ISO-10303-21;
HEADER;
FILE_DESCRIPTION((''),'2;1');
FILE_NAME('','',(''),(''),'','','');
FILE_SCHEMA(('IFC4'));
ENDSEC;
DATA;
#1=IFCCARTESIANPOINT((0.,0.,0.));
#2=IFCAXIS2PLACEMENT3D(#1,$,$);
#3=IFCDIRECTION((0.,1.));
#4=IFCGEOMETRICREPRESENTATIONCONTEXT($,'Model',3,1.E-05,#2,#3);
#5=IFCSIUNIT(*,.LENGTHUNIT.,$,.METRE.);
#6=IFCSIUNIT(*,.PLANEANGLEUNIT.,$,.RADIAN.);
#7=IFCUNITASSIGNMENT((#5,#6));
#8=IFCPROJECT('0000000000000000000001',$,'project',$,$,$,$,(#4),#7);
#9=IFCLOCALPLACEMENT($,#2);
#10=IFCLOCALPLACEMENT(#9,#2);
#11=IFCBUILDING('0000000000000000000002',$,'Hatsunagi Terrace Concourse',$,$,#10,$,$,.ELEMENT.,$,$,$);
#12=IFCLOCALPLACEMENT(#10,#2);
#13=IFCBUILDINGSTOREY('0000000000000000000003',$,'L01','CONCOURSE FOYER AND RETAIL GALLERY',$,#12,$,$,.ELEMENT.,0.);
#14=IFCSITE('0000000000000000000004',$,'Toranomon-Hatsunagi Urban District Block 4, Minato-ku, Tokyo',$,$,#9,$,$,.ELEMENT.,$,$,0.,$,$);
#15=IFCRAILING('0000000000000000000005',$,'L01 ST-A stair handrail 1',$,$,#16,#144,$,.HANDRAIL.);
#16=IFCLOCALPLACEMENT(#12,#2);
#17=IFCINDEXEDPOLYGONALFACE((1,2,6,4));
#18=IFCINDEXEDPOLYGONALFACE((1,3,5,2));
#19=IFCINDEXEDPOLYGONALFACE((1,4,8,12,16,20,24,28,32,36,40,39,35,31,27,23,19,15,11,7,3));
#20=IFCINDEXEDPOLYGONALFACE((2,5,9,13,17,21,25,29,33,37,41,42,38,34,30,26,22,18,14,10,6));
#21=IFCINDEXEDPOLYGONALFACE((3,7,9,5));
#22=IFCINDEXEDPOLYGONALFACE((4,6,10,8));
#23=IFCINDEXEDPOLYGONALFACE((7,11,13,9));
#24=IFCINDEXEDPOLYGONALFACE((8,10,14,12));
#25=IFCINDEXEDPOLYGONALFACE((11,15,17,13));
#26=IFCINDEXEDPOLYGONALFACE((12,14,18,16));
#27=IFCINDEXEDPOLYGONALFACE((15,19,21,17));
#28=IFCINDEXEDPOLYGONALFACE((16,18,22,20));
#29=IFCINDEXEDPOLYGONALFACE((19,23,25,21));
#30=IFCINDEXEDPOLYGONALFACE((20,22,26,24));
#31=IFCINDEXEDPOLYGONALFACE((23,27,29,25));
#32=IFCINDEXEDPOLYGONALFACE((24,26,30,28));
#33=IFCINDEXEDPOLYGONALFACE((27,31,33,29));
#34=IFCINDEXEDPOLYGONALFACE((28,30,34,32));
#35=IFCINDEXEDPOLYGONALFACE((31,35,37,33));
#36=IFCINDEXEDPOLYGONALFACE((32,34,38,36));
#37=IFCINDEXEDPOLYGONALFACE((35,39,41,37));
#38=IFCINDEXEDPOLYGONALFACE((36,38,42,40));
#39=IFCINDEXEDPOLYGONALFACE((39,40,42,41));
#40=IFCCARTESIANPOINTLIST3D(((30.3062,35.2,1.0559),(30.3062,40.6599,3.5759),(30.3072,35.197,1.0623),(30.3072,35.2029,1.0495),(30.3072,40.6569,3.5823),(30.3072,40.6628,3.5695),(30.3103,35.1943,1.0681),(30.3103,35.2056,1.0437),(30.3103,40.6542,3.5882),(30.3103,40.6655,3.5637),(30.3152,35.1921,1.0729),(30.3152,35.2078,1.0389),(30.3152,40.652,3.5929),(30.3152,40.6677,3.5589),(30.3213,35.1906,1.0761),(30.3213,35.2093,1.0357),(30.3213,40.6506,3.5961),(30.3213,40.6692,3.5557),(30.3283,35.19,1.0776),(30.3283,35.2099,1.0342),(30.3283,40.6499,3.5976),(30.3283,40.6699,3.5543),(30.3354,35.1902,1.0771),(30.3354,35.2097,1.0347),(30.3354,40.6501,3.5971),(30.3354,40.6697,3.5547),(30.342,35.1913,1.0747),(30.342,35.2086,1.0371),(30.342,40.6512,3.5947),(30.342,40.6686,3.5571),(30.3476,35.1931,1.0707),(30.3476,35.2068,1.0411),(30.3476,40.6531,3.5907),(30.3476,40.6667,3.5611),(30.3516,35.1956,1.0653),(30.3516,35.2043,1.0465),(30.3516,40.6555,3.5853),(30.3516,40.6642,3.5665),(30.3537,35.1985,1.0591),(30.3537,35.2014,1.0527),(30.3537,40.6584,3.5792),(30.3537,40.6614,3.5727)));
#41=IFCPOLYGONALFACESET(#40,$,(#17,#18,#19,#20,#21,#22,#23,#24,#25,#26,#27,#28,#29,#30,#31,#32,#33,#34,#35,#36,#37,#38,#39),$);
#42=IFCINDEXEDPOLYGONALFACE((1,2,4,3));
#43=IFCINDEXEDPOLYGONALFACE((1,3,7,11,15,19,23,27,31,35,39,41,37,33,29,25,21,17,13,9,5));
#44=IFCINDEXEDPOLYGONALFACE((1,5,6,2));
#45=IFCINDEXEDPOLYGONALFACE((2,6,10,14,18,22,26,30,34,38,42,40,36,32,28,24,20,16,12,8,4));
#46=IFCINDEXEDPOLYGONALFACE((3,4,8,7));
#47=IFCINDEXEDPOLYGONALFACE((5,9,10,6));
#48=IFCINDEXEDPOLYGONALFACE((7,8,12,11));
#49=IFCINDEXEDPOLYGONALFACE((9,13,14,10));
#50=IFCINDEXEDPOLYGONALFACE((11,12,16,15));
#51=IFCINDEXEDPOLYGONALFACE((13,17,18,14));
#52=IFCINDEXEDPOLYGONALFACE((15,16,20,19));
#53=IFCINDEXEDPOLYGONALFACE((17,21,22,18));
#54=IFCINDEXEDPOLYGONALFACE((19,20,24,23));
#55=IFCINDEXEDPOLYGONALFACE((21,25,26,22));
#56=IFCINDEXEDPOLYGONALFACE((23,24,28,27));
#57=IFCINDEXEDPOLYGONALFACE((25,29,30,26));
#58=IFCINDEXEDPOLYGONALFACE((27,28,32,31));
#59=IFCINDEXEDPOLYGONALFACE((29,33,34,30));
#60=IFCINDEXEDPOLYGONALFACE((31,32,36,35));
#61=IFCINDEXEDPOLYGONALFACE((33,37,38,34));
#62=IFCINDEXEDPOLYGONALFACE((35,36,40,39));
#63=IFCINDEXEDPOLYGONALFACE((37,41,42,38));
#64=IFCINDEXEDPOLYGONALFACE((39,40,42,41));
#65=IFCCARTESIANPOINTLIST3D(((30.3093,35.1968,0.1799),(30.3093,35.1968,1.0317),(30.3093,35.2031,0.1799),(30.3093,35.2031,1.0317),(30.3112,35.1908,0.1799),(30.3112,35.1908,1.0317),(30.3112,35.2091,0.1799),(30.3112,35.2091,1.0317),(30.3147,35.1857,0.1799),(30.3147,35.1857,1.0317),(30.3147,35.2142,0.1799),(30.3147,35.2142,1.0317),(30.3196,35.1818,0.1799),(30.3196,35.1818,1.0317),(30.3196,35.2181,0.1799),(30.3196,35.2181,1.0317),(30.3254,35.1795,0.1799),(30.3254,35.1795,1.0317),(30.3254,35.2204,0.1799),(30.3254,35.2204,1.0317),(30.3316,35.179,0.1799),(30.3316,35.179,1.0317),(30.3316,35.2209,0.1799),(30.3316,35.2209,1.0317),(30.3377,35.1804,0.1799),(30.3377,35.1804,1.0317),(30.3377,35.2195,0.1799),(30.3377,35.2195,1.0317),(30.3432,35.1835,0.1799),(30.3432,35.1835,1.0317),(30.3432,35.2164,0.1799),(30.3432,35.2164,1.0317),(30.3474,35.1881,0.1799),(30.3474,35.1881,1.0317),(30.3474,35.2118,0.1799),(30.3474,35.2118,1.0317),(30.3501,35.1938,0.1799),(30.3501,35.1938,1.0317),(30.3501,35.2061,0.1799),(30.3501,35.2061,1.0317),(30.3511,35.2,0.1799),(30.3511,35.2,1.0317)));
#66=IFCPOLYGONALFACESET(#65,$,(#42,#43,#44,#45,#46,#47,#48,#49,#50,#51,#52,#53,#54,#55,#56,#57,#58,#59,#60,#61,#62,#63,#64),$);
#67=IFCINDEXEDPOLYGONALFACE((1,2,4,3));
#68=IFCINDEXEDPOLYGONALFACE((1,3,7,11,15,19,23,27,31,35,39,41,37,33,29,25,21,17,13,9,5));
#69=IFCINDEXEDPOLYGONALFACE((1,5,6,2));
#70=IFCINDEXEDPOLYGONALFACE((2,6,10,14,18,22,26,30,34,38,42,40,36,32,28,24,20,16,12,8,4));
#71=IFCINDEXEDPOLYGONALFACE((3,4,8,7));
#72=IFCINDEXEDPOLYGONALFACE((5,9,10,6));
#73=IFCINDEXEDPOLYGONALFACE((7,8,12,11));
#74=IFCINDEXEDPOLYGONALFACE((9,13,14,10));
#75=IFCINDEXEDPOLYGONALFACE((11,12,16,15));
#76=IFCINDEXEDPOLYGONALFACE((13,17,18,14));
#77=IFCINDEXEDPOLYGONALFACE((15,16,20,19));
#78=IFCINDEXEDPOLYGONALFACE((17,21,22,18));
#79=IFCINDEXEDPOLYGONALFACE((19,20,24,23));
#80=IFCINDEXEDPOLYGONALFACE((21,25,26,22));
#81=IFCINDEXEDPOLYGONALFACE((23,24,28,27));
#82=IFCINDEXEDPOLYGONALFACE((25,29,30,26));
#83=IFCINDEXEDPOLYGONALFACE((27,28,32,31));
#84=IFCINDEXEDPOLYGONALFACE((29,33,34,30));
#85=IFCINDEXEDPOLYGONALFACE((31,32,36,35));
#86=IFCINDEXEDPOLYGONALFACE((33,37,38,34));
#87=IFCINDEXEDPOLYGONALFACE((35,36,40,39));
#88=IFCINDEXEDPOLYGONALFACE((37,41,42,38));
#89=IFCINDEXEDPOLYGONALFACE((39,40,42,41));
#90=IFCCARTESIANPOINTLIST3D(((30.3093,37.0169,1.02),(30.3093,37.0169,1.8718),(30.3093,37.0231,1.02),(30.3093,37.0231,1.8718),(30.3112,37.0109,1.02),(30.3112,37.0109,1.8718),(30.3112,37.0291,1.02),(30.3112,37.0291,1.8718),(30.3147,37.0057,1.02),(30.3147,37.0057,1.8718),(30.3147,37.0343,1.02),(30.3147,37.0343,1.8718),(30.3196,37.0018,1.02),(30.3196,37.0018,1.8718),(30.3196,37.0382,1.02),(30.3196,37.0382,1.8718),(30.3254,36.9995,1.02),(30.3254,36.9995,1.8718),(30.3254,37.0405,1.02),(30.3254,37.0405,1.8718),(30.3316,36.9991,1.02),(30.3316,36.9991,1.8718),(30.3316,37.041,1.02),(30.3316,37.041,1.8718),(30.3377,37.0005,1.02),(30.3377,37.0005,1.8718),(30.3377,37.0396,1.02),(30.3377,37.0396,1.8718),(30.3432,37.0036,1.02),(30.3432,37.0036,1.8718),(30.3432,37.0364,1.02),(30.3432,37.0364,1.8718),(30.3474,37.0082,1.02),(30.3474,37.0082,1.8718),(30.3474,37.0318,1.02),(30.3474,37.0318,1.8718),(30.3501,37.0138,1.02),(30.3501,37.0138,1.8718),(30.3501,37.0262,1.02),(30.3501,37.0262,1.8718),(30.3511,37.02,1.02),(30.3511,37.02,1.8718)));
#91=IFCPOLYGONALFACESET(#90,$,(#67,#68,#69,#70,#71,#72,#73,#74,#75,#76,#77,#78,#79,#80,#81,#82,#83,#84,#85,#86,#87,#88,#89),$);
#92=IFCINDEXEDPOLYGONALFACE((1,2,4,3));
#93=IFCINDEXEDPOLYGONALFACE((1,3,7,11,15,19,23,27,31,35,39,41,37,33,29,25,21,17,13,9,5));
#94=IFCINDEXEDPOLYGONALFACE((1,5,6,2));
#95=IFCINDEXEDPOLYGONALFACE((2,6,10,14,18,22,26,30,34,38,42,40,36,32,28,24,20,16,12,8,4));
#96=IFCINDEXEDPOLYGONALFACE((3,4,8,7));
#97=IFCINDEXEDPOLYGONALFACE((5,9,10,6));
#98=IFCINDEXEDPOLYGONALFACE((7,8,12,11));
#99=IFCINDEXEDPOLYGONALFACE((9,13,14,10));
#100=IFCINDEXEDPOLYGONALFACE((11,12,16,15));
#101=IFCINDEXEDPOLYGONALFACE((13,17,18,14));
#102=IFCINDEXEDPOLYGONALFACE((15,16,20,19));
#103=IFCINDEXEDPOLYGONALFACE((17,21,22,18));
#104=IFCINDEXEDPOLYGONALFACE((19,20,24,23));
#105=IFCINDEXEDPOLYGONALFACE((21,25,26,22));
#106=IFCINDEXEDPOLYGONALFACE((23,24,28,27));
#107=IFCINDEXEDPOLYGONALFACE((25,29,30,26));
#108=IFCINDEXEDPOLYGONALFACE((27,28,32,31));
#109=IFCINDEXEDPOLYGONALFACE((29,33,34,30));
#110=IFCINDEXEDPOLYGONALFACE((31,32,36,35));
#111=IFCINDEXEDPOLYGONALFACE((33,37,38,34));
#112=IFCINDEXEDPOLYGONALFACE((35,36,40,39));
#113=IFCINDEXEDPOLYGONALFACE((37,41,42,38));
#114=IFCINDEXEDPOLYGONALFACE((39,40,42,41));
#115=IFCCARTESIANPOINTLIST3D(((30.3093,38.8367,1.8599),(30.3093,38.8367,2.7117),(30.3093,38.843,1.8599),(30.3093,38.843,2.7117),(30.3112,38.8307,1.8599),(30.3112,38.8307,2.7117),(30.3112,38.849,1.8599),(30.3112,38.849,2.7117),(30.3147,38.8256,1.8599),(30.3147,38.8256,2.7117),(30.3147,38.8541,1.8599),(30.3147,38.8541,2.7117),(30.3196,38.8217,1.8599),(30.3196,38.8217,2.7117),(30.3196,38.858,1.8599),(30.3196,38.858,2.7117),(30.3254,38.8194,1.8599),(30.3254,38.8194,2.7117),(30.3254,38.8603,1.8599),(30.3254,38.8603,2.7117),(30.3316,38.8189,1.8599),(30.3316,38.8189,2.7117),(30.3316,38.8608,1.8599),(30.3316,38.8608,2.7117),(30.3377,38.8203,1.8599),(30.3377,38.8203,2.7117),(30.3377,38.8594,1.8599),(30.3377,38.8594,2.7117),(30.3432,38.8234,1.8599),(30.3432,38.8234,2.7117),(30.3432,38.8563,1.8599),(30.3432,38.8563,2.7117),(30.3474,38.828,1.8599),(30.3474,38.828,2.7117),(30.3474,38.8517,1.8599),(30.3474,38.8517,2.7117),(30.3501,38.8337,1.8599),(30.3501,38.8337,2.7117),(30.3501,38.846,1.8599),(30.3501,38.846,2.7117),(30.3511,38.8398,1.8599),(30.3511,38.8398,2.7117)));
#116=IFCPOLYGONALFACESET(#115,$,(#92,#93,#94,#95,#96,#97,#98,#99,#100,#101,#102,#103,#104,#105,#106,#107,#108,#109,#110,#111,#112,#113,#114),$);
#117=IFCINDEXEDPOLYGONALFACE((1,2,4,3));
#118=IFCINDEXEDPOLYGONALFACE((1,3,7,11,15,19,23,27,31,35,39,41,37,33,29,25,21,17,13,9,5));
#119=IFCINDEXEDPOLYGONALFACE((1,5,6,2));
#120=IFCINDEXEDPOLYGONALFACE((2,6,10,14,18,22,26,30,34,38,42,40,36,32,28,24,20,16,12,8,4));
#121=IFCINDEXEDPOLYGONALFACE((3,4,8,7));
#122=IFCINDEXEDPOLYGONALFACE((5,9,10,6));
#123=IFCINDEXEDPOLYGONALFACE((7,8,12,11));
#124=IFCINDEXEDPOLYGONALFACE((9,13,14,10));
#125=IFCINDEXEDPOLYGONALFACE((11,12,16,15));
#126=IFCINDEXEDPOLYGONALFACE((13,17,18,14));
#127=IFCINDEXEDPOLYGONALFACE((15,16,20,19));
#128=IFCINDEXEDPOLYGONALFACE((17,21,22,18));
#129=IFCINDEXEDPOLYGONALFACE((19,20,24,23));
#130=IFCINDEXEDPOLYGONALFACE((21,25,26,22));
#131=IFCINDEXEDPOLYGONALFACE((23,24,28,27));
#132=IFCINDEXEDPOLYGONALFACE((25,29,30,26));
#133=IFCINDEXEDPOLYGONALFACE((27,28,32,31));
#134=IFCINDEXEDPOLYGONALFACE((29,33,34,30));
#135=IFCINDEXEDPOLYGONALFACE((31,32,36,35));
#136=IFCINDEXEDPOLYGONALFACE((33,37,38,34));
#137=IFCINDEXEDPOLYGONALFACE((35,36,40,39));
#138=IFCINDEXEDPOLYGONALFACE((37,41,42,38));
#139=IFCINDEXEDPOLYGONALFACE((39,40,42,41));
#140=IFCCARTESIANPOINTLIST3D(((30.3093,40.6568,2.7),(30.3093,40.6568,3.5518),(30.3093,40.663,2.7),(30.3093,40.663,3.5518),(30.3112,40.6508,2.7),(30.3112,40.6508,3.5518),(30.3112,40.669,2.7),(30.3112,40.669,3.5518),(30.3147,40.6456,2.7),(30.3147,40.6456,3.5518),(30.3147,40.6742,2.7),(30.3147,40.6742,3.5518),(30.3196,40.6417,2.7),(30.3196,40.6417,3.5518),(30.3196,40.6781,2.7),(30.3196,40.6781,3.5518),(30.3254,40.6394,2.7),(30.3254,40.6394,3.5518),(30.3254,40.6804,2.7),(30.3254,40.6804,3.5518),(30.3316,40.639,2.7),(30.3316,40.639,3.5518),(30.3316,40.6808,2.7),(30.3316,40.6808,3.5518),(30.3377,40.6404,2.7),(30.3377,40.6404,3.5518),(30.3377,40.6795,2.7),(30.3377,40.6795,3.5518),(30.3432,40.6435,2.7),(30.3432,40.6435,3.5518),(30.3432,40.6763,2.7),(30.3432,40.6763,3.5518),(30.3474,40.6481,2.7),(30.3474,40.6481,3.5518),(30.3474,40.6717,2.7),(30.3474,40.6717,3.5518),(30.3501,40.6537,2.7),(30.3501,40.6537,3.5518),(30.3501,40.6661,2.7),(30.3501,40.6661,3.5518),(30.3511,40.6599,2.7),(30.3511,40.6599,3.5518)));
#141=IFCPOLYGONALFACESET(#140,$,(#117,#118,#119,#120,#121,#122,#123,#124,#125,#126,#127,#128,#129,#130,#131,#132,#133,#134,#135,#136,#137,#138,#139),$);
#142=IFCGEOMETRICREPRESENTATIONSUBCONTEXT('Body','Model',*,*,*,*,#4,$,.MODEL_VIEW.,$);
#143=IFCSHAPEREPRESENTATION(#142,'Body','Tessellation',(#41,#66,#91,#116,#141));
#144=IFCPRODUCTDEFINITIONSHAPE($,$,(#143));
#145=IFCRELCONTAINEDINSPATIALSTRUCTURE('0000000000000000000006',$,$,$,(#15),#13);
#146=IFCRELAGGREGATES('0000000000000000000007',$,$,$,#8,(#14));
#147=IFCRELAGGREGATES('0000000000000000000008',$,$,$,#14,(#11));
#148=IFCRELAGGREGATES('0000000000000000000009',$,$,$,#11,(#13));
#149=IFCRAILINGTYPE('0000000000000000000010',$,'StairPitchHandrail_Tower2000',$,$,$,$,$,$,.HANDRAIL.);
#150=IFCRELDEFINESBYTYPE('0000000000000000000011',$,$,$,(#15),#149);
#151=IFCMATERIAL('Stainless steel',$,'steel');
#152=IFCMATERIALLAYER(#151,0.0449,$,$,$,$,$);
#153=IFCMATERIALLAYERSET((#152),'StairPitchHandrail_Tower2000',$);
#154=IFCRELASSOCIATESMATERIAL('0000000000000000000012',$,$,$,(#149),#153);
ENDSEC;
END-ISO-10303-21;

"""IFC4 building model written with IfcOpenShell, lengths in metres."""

from ifc_helpers import new_model, si_unit, direction, frame, origin, origin_2d, place, context, subcontext, project, spatial, circle, extrude, material, layer, layer_set, type_object, element, save


model = new_model("IFC4")

# Units and contexts
model_context = context("Model", 3, precision=1e-05, world=origin(), true_north=direction((0.0, 1.0)))
body_context = subcontext(model_context, "Body", "Model", "MODEL_VIEW")
ifc_project = project(units=[si_unit("LENGTHUNIT", "METRE"), si_unit("PLANEANGLEUNIT", "RADIAN")], contexts=[model_context])

# Site, building, storey
site_placement = place(None, origin())
site = spatial("IfcSite", under=ifc_project, at=site_placement, Name="Toranomon-Hatsunagi Urban District Block 4, Minato-ku, Tokyo", CompositionType="ELEMENT", RefElevation=0.0)
building_placement = place(site_placement, origin())
building = spatial("IfcBuilding", under=site, at=building_placement, Name="Hatsunagi Terrace Concourse", CompositionType="ELEMENT")
storey_placement = place(building_placement, origin())
storey = spatial("IfcBuildingStorey", under=building, at=storey_placement, Name="L01", Description="CONCOURSE FOYER AND RETAIL GALLERY", CompositionType="ELEMENT", Elevation=0.0)

# Railing
ifc_material_1 = material(Name="Stainless steel", Category="steel")
ifc_layer_1 = layer(ifc_material_1, 0.0449)
ifc_layer_set_1 = layer_set([ifc_layer_1], Name="StairPitchHandrail_Tower2000")
railing_type_1 = type_object("IfcRailingType", Name="StairPitchHandrail_Tower2000", PredefinedType="HANDRAIL", material=ifc_layer_set_1)
railing_1_placement = place(storey_placement, frame((30.3301, 35.2, 0.1799)))
element("IfcRailing", 1, at=railing_1_placement, inside=storey, type_object=railing_type_1, Name="L01 ST-A stair handrail 1", PredefinedType="HANDRAIL", context=body_context, shape_type="SweptSolid", body=[
    extrude(circle(Radius=0.0239, at=origin_2d()), frame((0.0, 0.0, 0.876), z_axis=(0.0, 0.907957, 0.419063), x_axis=(-1.0, 0.0, 0.0)), (0.0, 0.0, 1.0), 6.0134),
    extrude(circle(Radius=0.021, at=origin_2d()), origin(), (0.0, 0.0, 1.0), 0.8518),
    extrude(circle(Radius=0.021, at=origin_2d()), frame((0.0, 1.8201, 0.8401)), (0.0, 0.0, 1.0), 0.8518),
    extrude(circle(Radius=0.021, at=origin_2d()), frame((0.0, 3.6399, 1.6799)), (0.0, 0.0, 1.0), 0.8518),
    extrude(circle(Radius=0.021, at=origin_2d()), frame((0.0, 5.46, 2.52)), (0.0, 0.0, 1.0), 0.8518),
])

save(model, "model.ifc")
